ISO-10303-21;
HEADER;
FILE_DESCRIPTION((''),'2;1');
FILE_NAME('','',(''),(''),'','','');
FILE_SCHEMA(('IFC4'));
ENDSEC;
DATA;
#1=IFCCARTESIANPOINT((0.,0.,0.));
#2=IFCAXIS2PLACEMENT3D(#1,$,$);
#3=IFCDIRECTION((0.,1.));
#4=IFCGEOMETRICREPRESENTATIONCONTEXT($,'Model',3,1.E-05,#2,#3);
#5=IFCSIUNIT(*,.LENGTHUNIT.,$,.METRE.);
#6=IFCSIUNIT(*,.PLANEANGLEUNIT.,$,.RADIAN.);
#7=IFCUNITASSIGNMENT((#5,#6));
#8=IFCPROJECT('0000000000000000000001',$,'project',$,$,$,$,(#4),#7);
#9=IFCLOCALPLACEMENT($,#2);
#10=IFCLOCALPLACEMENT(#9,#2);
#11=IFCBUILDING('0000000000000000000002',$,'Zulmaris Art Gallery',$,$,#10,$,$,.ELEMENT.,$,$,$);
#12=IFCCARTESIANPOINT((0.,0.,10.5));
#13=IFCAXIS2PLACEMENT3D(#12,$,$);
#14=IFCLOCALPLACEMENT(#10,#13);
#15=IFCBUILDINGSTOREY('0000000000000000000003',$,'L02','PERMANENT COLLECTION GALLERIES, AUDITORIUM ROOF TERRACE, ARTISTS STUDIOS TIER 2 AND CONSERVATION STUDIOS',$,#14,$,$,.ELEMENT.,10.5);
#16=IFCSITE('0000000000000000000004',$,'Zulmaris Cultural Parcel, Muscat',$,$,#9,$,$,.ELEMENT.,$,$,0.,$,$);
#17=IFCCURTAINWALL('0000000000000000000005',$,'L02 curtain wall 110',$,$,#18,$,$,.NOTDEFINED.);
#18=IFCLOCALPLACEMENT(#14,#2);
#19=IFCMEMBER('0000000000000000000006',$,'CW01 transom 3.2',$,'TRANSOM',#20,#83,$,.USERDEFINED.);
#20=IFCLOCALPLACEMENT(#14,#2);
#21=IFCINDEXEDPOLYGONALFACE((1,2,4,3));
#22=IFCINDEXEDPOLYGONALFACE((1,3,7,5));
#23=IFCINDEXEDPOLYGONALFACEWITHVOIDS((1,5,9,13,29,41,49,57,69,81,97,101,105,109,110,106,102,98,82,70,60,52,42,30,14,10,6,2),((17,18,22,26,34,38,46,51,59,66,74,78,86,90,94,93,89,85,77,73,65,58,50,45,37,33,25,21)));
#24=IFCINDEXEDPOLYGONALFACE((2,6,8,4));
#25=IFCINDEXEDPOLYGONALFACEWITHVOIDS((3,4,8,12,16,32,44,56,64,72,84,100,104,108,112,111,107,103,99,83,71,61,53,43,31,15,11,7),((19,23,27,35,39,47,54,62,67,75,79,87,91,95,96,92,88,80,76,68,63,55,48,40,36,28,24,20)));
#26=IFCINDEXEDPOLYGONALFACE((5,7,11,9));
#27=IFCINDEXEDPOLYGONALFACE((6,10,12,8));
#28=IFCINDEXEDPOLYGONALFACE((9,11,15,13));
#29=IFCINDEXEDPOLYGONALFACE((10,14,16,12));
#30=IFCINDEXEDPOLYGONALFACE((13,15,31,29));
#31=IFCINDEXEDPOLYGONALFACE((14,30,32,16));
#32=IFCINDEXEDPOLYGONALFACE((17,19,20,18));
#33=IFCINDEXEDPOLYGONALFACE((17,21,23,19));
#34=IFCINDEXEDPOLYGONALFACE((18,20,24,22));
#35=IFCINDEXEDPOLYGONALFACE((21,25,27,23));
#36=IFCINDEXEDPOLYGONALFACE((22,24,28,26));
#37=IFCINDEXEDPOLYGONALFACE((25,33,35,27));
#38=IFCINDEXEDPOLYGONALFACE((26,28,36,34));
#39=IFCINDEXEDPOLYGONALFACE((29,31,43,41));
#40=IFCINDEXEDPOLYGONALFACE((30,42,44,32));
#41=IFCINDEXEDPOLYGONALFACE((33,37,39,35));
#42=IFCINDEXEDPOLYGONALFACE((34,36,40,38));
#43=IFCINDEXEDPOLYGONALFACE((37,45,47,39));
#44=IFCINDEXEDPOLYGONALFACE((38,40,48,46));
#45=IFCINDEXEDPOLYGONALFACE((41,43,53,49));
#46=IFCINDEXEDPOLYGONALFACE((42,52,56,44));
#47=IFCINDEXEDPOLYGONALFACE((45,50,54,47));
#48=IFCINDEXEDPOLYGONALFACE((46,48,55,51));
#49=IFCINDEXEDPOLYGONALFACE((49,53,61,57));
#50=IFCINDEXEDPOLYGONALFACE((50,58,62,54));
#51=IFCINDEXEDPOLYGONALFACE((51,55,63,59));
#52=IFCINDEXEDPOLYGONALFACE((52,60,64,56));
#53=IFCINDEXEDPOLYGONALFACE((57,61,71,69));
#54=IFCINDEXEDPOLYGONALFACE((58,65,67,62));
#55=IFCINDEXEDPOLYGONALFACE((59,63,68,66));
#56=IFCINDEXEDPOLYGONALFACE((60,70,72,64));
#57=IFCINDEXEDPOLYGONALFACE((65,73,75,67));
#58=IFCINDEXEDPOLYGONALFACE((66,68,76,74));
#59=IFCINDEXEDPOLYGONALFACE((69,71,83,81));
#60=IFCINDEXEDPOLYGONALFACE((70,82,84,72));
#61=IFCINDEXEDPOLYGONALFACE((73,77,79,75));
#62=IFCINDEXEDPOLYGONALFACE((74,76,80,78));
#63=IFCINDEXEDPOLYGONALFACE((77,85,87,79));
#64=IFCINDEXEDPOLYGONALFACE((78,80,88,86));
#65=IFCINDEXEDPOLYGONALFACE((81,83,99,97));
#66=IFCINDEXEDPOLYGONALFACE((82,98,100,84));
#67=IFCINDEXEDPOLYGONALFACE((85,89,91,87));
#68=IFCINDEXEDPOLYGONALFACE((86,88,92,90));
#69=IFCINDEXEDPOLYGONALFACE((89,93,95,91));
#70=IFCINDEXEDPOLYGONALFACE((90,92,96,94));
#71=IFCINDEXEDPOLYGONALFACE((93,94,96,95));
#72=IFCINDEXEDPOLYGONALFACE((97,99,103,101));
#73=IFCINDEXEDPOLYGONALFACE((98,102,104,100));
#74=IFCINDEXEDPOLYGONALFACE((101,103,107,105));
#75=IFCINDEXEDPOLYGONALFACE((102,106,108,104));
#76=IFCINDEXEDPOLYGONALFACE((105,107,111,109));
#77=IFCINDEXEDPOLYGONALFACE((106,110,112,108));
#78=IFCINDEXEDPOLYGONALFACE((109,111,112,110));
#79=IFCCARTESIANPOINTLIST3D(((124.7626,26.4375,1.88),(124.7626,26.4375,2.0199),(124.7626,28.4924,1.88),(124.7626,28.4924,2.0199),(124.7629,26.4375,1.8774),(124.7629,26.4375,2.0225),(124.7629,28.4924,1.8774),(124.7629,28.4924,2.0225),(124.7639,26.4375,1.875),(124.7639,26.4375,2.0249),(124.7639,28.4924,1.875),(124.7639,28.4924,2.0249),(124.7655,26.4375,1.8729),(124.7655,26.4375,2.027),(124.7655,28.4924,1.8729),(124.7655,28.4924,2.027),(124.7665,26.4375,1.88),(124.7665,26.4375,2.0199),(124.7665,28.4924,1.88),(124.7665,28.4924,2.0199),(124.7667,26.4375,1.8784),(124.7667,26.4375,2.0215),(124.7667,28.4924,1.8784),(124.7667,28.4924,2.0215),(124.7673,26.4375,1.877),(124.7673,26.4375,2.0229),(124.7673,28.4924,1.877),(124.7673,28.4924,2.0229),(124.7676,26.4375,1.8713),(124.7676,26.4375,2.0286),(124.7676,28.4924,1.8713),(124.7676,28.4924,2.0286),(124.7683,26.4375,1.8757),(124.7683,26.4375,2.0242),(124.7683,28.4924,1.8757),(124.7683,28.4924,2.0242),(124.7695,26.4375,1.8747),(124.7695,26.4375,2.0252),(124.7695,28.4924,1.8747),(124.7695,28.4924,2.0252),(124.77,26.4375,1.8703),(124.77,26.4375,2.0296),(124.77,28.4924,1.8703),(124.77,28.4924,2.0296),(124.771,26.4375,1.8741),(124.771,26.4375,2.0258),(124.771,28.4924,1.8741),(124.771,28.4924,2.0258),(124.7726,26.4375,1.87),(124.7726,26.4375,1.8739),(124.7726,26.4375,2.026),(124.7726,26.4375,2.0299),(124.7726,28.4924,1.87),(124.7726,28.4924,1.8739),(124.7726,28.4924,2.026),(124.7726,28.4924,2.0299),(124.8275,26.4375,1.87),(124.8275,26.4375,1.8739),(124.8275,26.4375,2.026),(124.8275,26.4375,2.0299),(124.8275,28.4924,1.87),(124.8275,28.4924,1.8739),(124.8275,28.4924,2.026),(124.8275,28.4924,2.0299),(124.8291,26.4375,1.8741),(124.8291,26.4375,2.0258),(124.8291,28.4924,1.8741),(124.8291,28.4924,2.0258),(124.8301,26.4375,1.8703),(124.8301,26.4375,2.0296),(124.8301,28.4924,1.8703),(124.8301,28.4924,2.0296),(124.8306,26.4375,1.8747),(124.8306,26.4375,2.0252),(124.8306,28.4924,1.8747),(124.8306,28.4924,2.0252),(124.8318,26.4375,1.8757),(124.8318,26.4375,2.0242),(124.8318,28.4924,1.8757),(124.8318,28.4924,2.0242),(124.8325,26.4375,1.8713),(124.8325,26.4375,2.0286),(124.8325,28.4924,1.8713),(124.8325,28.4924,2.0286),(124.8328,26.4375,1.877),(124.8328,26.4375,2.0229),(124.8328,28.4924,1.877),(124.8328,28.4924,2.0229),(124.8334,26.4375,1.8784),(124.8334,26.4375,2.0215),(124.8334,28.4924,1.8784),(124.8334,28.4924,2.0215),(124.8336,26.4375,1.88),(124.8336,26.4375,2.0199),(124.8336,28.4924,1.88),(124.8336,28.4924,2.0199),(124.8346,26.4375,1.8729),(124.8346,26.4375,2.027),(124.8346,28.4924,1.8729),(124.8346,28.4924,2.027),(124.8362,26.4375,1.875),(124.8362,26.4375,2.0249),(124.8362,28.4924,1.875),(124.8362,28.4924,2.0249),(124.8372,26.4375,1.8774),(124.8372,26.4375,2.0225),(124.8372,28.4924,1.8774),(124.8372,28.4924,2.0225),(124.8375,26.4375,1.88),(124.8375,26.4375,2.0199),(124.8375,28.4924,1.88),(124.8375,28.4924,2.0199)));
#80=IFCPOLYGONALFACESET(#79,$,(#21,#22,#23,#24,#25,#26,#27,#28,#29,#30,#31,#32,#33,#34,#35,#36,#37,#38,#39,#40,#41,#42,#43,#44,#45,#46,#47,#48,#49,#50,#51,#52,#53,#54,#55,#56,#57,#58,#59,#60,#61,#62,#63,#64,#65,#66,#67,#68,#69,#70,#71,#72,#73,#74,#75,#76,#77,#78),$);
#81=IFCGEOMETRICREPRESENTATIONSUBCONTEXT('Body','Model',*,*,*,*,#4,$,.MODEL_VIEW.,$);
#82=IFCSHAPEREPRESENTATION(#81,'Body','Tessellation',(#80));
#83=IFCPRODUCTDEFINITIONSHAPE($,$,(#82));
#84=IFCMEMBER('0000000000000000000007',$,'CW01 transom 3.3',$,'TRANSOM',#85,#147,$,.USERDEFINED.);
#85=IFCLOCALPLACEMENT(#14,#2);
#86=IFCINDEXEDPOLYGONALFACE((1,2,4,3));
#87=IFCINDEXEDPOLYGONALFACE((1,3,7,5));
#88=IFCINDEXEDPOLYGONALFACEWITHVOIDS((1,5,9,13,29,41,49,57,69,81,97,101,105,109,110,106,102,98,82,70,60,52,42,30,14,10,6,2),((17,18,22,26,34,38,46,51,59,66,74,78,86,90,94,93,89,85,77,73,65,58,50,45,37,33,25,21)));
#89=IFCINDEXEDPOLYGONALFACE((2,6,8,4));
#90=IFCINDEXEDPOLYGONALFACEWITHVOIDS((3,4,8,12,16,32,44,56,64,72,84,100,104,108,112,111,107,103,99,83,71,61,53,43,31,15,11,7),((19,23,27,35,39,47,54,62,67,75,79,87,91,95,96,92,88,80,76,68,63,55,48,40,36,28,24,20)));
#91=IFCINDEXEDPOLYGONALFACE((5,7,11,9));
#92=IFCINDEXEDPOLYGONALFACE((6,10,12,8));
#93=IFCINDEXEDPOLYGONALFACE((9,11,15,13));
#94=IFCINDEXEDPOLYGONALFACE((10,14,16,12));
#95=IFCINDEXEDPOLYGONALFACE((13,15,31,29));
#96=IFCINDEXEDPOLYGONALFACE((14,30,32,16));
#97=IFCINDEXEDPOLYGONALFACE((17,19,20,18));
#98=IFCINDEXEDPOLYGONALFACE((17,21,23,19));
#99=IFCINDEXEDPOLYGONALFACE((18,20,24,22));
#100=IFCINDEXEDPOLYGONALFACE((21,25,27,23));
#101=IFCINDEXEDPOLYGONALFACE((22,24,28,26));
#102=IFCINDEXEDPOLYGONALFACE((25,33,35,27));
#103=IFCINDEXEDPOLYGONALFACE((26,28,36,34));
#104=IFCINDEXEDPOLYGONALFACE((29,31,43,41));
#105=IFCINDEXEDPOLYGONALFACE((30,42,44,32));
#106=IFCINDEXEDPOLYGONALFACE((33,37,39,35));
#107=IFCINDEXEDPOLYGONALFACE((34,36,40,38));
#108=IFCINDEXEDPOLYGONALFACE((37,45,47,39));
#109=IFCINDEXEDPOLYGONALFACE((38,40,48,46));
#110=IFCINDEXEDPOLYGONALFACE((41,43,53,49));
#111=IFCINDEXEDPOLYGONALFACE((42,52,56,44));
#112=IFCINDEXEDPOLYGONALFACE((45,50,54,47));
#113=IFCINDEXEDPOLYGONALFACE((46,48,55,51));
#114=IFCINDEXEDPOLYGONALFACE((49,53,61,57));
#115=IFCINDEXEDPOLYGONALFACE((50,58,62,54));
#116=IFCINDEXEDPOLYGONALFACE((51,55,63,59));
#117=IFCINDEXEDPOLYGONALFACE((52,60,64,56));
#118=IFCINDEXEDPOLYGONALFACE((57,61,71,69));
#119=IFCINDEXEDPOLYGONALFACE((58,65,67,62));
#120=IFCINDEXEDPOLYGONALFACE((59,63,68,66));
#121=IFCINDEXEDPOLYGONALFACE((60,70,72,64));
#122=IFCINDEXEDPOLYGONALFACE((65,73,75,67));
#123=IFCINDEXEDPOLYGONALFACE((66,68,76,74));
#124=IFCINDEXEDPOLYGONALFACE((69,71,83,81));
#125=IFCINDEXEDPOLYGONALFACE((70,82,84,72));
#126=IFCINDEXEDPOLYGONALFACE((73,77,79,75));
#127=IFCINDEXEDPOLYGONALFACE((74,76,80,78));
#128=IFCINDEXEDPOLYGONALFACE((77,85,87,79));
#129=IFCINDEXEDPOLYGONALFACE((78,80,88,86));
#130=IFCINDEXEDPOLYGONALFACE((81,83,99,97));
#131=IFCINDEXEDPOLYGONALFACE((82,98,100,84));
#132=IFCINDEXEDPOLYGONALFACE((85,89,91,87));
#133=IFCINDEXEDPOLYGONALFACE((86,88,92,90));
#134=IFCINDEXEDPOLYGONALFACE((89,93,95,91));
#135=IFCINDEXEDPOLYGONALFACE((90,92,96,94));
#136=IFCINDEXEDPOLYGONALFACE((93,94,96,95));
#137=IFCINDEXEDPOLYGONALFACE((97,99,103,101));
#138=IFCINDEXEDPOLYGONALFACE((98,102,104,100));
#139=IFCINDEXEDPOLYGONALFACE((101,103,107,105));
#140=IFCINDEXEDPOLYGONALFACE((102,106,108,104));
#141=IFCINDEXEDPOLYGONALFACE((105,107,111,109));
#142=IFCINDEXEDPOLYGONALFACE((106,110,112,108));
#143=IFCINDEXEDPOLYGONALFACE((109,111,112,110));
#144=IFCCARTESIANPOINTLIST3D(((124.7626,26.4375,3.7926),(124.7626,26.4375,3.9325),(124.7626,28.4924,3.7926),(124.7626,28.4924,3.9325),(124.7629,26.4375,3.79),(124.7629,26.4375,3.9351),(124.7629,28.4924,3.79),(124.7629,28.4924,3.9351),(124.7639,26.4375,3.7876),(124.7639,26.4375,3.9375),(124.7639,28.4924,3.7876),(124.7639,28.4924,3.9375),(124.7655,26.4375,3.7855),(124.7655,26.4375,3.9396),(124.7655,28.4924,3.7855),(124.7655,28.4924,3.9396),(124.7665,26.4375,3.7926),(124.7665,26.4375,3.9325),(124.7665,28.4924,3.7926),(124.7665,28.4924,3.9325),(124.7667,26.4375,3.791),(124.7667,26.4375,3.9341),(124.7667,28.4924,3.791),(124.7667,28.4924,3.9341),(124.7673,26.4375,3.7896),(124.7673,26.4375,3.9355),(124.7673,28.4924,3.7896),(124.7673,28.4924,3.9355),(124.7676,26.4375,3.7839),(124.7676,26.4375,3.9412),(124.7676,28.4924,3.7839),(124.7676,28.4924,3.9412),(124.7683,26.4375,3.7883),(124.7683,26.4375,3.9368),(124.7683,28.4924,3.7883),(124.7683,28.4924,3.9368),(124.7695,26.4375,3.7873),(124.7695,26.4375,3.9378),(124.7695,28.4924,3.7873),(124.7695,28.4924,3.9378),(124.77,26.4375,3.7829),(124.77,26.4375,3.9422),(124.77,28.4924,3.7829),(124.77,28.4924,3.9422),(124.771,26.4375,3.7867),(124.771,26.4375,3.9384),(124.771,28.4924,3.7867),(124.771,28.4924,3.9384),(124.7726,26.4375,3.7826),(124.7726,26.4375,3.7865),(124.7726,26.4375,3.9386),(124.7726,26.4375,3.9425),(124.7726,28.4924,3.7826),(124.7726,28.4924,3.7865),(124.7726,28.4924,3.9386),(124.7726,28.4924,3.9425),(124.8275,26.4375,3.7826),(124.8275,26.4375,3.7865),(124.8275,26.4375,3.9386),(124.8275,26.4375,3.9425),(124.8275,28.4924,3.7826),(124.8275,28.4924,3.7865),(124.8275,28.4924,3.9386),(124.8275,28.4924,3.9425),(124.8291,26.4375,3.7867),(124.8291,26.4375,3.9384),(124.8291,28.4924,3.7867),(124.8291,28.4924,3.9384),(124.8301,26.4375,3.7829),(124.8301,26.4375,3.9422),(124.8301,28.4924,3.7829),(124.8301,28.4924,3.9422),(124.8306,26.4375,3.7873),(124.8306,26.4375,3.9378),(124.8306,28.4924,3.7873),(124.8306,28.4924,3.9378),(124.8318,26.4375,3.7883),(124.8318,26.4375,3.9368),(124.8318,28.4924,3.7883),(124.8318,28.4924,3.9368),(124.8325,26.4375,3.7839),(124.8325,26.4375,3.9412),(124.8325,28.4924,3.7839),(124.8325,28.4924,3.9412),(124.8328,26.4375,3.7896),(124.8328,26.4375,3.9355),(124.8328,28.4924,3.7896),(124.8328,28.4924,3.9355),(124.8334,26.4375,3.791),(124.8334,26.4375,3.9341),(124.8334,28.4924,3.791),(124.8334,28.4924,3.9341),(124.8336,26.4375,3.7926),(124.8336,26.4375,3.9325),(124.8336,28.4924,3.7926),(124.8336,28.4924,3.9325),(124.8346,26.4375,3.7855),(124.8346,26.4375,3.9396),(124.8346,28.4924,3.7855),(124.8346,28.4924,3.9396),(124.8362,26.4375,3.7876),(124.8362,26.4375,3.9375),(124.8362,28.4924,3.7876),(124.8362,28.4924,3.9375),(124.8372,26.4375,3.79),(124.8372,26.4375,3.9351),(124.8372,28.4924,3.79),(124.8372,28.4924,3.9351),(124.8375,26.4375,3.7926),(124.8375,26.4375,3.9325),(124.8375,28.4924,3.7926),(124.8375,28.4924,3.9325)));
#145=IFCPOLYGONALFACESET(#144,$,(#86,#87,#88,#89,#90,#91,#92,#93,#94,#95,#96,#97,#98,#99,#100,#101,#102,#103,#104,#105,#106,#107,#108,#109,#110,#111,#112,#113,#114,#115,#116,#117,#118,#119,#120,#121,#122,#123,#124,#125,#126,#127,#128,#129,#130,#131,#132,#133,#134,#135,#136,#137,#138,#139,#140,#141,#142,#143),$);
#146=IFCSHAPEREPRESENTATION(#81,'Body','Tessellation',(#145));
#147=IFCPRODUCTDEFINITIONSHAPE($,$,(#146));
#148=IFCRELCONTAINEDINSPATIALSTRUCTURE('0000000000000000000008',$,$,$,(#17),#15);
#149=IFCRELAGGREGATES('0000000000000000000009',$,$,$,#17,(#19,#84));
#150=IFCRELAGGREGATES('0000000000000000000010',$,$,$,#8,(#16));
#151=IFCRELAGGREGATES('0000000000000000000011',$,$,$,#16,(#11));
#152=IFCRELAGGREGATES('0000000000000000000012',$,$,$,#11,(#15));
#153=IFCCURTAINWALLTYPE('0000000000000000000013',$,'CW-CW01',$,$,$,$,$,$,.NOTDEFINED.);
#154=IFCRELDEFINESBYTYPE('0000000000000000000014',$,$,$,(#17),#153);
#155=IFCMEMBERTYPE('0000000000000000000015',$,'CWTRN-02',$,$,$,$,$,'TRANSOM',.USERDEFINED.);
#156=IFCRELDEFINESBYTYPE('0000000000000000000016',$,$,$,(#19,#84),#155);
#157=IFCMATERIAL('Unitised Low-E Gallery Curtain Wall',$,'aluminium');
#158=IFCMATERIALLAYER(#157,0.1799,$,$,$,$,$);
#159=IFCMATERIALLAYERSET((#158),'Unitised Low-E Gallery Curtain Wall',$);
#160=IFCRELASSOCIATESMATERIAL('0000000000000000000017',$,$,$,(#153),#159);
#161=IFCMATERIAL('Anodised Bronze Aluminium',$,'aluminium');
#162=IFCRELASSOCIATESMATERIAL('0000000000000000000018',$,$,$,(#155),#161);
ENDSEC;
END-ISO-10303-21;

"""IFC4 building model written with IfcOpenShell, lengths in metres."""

from ifc_helpers import new_model, si_unit, direction, frame, origin, origin_2d, place, context, subcontext, project, spatial, hollow_rectangle, extrude, material, layer, layer_set, material_profile, profile_set, type_object, element, aggregate, save


model = new_model("IFC4")

# Units and contexts
model_context = context("Model", 3, precision=1e-05, world=origin(), true_north=direction((0.0, 1.0)))
body_context = subcontext(model_context, "Body", "Model", "MODEL_VIEW")
ifc_project = project(units=[si_unit("LENGTHUNIT", "METRE"), si_unit("PLANEANGLEUNIT", "RADIAN")], contexts=[model_context])

# Site, building, storey
site_placement = place(None, origin())
site = spatial("IfcSite", under=ifc_project, at=site_placement, Name="Zulmaris Cultural Parcel, Muscat", CompositionType="ELEMENT", RefElevation=0.0)
building_placement = place(site_placement, origin())
building = spatial("IfcBuilding", under=site, at=building_placement, Name="Zulmaris Art Gallery", CompositionType="ELEMENT")
storey_placement = place(building_placement, frame((0.0, 0.0, 10.5)))
storey = spatial("IfcBuildingStorey", under=building, at=storey_placement, Name="L02", Description="PERMANENT COLLECTION GALLERIES, AUDITORIUM ROOF TERRACE, ARTISTS STUDIOS TIER 2 AND CONSERVATION STUDIOS", CompositionType="ELEMENT", Elevation=10.5)

# Curtain wall, members
ifc_material_1 = material(Name="Unitised Low-E Gallery Curtain Wall", Category="aluminium")
ifc_layer_1 = layer(ifc_material_1, 0.1799)
ifc_layer_set_1 = layer_set([ifc_layer_1], Name="Unitised Low-E Gallery Curtain Wall")
curtain_wall_type = type_object("IfcCurtainWallType", Name="CW-CW01", PredefinedType="NOTDEFINED", material=ifc_layer_set_1)
curtain_wall_placement = place(storey_placement, origin())
curtain_wall = element("IfcCurtainWall", 1, at=curtain_wall_placement, inside=storey, type_object=curtain_wall_type, Name="L02 curtain wall 110", PredefinedType="NOTDEFINED")
ifc_material_2 = material(Name="Anodised Bronze Aluminium", Category="aluminium")
ifc_material_profile_1 = material_profile(ifc_material_2, hollow_rectangle(XDim=0.075, YDim=0.1599, WallThickness=0.0039, InnerFilletRadius=0.0061, OuterFilletRadius=0.01, at=origin_2d()), Name="ALU 75x160x4")
ifc_profile_set_1 = profile_set([ifc_material_profile_1], Name="Anodised Bronze Aluminium")
member_type_1 = type_object("IfcMemberType", Name="CWTRN-02", ElementType="TRANSOM", PredefinedType="USERDEFINED", material=ifc_profile_set_1)
member_1_placement = place(storey_placement, frame((124.8, 26.4375, 1.95), z_axis=(0.0, 1.0, 0.0), x_axis=(-1.0, 0.0, 0.0)))
member_1 = element("IfcMember", 2, at=member_1_placement, type_object=member_type_1, Name="CW01 transom 3.2", ObjectType="TRANSOM", PredefinedType="USERDEFINED", context=body_context, shape_type="SweptSolid", body=[
    extrude(hollow_rectangle(XDim=0.075, YDim=0.1599, WallThickness=0.0039, InnerFilletRadius=0.0061, OuterFilletRadius=0.01, at=origin_2d()), origin(), (0.0, 0.0, 1.0), 2.0549),
])
member_2_placement = place(storey_placement, frame((124.8, 26.4375, 3.8625), z_axis=(0.0, 1.0, 0.0), x_axis=(-1.0, 0.0, 0.0)))
member_2 = element("IfcMember", 3, at=member_2_placement, type_object=member_type_1, Name="CW01 transom 3.3", ObjectType="TRANSOM", PredefinedType="USERDEFINED", context=body_context, shape_type="SweptSolid", body=[
    extrude(hollow_rectangle(XDim=0.075, YDim=0.1599, WallThickness=0.0039, InnerFilletRadius=0.0061, OuterFilletRadius=0.01, at=origin_2d()), origin(), (0.0, 0.0, 1.0), 2.0549),
])
aggregate(curtain_wall, [member_1, member_2])

save(model, "model.ifc")
